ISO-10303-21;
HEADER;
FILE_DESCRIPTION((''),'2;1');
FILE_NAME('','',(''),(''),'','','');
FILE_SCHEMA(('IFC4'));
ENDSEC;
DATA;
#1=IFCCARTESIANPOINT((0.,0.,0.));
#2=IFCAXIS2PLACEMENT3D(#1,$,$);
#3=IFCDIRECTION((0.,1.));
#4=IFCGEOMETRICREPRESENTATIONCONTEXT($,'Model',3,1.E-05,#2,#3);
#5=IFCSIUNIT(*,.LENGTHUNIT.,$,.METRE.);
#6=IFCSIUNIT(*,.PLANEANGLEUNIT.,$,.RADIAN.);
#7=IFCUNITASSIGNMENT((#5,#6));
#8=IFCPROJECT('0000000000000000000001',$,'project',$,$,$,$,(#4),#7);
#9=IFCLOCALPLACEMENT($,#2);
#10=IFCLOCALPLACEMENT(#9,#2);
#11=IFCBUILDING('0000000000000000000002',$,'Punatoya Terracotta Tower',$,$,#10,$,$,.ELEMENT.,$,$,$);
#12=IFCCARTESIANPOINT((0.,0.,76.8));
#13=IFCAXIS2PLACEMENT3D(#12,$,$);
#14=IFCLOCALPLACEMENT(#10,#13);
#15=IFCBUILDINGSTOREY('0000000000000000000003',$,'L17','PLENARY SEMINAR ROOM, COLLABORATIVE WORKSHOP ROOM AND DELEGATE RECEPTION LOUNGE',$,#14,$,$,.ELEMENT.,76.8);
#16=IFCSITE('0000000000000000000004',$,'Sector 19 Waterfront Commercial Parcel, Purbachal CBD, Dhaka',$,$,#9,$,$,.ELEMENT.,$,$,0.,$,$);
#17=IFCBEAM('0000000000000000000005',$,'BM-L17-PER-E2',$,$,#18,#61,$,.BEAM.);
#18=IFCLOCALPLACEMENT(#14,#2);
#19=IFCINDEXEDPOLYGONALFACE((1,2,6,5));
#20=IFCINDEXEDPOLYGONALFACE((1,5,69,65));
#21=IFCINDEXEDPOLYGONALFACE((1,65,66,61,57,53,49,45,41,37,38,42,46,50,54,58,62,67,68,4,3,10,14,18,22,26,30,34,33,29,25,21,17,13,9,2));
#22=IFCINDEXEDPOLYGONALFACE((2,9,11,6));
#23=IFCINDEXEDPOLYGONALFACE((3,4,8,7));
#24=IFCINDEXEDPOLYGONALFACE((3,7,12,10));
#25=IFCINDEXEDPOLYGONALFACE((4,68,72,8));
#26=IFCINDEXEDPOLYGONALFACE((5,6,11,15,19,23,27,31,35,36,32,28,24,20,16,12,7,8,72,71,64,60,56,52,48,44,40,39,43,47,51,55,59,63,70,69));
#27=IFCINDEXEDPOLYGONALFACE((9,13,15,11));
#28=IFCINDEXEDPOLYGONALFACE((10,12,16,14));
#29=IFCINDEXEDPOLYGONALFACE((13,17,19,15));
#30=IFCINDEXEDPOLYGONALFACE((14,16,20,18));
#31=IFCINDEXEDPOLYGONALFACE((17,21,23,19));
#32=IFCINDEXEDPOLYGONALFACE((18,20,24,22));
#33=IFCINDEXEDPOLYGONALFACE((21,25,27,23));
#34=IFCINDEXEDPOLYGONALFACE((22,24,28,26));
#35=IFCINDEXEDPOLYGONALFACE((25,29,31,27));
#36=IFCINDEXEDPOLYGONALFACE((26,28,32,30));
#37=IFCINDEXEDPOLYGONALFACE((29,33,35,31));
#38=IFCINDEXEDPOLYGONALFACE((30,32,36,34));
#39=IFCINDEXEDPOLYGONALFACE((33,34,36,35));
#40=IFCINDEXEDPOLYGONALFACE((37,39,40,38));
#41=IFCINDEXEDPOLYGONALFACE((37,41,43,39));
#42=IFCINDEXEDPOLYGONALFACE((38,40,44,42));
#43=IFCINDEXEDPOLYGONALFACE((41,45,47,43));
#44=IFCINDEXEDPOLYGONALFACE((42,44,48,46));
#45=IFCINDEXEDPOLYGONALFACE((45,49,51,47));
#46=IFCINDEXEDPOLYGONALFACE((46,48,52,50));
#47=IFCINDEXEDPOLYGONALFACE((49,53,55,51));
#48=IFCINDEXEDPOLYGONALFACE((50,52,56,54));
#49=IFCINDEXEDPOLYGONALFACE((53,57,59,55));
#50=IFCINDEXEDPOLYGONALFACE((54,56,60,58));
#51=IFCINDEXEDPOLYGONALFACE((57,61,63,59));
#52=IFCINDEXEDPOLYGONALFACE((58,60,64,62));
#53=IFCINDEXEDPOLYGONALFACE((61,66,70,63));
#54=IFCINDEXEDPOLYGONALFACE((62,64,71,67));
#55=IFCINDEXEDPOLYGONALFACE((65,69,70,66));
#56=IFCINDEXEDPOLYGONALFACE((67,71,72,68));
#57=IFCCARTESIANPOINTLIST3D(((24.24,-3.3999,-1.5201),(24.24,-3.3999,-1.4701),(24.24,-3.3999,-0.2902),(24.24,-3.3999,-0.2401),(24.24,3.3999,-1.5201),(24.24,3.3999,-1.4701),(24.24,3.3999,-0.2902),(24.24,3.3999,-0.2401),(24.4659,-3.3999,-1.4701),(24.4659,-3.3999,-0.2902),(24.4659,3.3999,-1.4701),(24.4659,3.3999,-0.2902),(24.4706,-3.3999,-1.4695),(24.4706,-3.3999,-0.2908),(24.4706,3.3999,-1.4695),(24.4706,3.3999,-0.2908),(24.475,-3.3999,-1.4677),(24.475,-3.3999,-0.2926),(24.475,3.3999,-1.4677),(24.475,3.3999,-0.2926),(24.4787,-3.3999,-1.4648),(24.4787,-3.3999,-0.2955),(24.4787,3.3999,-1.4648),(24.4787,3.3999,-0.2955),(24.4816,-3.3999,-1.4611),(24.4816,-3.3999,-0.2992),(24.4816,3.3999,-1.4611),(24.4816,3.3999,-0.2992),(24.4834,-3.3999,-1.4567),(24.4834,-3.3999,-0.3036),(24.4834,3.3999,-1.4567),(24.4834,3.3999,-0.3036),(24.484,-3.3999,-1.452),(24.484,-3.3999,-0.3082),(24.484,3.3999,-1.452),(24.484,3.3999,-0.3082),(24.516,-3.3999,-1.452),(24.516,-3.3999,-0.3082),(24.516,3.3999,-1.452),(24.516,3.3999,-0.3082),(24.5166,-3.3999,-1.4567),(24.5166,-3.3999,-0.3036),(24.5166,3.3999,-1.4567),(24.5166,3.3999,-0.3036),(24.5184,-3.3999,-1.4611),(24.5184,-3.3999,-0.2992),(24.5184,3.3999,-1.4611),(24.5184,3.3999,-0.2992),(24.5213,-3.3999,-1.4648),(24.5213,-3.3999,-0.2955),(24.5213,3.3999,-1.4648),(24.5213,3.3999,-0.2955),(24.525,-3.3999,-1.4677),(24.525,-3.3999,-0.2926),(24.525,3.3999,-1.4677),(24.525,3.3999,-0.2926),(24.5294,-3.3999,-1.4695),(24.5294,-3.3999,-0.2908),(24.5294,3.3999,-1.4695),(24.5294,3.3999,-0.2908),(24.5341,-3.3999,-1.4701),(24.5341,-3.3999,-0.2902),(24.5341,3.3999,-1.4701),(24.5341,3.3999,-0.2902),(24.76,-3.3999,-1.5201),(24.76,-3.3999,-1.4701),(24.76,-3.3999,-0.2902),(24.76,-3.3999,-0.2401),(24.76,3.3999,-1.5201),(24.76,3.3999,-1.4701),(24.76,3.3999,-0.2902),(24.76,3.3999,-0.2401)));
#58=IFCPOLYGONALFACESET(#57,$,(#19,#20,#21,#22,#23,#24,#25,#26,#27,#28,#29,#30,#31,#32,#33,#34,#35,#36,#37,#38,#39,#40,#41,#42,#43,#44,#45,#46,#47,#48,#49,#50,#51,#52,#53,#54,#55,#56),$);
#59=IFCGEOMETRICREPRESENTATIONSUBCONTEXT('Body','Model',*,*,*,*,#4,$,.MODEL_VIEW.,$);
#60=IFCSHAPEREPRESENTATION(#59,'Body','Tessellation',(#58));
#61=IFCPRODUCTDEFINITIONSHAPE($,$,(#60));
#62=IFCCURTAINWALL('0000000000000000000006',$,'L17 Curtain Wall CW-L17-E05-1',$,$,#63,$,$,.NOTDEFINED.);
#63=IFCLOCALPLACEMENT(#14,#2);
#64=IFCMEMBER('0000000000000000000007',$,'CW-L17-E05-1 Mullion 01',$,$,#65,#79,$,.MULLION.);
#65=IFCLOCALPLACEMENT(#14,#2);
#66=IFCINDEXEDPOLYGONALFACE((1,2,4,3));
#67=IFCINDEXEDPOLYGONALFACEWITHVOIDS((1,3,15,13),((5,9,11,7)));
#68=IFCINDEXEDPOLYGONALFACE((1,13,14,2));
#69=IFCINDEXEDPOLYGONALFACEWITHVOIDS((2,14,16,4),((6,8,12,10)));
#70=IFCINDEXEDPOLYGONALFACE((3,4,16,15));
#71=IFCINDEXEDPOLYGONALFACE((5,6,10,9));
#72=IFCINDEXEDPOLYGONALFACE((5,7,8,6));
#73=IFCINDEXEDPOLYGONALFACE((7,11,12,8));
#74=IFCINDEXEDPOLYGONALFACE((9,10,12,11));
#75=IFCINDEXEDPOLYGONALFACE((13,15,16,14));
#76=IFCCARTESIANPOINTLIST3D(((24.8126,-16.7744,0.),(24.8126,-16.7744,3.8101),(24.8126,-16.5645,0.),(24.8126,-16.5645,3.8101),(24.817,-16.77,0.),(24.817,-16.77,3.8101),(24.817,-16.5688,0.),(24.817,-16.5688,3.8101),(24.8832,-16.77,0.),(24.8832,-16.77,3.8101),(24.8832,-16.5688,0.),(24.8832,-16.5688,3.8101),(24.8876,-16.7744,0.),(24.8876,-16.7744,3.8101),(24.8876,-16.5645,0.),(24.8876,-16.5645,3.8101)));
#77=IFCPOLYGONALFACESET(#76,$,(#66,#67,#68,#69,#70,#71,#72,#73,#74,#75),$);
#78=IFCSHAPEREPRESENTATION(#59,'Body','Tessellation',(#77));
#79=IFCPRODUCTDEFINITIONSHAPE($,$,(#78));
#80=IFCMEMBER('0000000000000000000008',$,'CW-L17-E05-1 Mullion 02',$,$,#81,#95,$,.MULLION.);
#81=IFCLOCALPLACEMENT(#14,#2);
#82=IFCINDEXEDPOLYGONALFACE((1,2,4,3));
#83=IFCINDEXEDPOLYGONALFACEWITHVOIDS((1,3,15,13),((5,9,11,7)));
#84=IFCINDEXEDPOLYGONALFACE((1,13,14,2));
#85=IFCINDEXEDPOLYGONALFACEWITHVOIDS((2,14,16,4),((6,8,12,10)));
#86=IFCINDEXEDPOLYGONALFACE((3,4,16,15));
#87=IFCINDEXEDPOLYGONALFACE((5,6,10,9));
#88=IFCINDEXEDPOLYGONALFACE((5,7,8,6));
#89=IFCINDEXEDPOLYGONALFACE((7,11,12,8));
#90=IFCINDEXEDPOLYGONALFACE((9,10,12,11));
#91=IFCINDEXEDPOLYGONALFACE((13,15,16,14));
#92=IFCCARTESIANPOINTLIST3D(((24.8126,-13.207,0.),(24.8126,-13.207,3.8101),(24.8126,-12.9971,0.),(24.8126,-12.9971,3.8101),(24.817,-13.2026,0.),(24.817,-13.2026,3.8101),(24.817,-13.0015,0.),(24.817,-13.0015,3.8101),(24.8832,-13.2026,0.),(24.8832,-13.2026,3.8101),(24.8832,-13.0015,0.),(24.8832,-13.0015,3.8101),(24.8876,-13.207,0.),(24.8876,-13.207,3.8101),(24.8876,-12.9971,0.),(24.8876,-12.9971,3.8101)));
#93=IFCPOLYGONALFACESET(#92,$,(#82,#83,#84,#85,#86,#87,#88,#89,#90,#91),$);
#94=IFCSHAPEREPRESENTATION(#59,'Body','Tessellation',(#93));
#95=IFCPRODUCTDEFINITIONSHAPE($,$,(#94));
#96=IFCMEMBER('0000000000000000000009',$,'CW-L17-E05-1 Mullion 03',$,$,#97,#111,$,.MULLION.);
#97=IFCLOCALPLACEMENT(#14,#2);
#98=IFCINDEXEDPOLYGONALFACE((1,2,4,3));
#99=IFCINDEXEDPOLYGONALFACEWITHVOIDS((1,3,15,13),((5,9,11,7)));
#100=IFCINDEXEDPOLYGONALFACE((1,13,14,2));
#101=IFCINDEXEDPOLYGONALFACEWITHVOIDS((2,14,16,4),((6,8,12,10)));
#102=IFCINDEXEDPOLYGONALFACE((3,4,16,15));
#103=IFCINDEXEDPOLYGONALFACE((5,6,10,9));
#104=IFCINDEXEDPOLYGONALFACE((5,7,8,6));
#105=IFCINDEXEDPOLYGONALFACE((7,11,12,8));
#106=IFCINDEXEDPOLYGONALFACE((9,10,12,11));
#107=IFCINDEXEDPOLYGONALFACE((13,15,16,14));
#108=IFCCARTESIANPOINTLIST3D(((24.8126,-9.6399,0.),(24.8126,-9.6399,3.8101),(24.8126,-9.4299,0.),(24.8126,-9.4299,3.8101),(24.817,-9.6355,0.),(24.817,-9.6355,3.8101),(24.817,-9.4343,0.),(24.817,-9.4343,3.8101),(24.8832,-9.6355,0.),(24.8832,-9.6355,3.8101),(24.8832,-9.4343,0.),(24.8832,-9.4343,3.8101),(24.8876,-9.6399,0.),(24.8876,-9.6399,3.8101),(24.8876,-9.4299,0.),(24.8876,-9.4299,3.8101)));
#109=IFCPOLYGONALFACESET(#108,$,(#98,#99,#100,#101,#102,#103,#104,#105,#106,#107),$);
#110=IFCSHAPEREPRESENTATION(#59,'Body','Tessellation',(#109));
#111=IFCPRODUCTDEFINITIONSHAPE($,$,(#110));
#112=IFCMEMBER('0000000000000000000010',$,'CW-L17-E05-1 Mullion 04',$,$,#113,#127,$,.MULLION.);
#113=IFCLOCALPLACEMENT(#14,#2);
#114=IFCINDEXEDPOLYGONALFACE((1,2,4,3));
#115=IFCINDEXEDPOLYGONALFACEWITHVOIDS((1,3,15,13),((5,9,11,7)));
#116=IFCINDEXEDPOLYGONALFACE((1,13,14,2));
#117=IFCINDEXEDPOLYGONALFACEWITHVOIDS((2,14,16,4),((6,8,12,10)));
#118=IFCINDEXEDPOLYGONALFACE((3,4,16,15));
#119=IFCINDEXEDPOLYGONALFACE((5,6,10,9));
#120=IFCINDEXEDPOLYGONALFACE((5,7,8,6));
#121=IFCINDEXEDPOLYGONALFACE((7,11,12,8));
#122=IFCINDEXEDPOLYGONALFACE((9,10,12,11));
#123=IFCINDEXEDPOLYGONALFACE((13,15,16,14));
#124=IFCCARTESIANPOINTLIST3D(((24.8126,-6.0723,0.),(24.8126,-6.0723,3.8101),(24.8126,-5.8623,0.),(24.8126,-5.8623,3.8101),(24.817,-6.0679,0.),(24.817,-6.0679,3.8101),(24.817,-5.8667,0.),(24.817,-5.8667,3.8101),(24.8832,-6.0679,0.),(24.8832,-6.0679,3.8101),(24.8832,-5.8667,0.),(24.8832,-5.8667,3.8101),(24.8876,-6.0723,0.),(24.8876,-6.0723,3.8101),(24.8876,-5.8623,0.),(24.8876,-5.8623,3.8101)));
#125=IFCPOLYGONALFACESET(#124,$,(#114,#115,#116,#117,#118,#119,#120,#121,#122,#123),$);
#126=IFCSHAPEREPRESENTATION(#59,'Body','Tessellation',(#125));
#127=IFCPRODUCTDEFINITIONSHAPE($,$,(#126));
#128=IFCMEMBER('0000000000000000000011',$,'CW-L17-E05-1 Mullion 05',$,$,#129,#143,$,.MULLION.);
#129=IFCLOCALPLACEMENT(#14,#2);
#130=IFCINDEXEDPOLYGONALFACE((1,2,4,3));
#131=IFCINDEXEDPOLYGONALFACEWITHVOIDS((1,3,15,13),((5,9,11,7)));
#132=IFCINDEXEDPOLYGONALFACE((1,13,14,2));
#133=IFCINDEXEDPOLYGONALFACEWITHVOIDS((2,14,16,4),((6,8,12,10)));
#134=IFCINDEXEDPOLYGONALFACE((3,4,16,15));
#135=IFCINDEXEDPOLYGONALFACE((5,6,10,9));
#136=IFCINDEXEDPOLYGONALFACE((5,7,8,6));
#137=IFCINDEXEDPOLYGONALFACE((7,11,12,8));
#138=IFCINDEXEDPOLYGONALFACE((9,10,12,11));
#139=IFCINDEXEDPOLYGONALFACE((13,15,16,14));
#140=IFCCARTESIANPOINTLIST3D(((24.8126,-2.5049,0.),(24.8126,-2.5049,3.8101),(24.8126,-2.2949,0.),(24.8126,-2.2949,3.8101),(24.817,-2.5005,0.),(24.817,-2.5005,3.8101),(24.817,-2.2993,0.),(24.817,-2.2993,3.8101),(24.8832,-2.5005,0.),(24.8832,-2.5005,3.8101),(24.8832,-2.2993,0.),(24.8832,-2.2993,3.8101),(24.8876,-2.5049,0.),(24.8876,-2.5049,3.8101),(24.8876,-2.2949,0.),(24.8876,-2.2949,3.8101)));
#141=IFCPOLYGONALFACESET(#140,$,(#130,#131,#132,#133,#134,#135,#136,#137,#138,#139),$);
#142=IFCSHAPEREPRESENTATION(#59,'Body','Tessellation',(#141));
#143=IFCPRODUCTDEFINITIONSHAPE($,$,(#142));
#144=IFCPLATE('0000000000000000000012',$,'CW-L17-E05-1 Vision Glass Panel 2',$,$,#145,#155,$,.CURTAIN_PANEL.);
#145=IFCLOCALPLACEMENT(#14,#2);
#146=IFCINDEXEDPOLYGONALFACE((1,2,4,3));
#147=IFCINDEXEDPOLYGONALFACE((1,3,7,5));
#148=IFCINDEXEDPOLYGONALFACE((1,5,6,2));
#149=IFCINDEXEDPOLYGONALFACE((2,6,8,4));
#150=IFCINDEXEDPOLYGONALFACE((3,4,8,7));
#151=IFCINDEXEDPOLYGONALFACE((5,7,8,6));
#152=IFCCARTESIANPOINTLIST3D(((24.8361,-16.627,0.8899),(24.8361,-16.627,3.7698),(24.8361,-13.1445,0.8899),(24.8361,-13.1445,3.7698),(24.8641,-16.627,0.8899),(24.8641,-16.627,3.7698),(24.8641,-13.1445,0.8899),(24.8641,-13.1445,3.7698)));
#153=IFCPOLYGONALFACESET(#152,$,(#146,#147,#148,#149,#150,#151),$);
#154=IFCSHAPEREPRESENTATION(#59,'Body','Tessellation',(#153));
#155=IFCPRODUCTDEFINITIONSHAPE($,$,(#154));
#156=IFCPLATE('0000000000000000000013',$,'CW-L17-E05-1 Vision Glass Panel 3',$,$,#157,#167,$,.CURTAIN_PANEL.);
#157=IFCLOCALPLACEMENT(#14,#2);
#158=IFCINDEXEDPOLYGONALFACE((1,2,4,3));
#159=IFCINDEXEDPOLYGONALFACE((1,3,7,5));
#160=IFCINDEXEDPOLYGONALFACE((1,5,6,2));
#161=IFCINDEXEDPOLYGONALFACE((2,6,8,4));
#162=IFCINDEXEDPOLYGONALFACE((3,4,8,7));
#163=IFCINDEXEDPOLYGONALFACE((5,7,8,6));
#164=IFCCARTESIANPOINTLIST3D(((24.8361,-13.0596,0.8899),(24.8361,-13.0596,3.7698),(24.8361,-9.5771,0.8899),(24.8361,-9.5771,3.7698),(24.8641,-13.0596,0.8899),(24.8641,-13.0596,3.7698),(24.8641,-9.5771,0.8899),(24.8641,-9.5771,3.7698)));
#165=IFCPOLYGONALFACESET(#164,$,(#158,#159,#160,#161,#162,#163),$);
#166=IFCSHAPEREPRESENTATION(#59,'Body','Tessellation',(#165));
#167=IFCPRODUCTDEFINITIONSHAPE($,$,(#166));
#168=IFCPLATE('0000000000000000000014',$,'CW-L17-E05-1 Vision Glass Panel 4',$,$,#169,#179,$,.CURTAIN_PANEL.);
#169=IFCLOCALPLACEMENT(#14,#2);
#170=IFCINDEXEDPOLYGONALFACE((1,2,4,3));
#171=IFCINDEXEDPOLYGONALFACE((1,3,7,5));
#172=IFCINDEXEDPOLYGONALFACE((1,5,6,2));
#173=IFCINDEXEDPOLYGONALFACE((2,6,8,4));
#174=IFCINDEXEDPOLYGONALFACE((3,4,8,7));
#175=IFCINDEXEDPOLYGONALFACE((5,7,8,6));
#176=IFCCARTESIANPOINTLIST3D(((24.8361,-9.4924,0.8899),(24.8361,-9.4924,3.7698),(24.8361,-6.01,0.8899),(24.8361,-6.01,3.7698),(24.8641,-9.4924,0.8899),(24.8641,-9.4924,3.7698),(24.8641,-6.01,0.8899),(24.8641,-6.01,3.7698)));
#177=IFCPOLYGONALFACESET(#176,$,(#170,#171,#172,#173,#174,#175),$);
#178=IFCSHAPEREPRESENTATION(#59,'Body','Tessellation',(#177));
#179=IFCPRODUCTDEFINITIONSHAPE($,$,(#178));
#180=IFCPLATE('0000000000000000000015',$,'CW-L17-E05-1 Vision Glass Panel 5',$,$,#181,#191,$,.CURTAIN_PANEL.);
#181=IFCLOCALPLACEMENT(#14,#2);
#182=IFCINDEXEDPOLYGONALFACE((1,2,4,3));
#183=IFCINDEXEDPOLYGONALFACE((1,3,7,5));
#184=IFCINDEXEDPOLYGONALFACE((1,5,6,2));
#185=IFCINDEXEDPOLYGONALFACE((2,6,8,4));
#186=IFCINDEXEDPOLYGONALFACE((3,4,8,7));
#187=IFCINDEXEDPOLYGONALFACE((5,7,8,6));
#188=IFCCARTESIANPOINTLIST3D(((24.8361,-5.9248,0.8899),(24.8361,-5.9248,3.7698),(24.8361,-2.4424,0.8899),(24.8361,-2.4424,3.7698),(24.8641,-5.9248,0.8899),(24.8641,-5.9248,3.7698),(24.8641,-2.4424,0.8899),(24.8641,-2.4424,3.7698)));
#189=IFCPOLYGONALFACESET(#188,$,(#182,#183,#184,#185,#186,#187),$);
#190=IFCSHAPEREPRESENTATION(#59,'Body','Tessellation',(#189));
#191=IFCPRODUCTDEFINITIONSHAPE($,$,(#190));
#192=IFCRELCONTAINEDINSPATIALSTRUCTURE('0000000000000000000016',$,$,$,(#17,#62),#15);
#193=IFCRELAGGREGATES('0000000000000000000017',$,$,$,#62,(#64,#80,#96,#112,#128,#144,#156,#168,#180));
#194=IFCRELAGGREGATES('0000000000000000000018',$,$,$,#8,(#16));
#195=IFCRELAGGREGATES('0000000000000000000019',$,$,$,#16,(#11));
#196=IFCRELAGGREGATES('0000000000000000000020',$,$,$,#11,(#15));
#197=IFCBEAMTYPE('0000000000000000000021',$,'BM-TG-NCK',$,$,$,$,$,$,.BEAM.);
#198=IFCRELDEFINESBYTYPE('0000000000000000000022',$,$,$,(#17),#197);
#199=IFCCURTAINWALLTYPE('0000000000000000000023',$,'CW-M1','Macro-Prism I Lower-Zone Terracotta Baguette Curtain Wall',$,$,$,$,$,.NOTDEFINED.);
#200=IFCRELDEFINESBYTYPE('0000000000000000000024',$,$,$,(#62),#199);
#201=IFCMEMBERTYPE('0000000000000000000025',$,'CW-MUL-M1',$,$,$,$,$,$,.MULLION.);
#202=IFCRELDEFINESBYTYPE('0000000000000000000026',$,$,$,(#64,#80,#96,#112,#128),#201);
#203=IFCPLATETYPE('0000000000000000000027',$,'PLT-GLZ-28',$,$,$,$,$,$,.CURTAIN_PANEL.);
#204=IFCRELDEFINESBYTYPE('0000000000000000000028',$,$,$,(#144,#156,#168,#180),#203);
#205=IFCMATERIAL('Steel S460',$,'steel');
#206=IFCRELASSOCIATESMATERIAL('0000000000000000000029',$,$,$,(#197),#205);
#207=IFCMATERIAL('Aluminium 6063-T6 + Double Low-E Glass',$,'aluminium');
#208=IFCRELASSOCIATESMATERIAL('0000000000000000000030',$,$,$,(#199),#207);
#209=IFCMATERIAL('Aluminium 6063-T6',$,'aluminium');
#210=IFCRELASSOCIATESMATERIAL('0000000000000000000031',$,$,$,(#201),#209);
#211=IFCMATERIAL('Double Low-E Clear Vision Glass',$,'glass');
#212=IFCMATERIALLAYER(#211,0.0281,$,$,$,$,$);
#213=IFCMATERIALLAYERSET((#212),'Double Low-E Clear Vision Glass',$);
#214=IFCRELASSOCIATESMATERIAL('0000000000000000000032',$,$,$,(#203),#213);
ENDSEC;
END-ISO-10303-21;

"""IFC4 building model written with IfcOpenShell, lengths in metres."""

from ifc_helpers import new_model, si_unit, direction, frame, origin, origin_2d, place, context, subcontext, project, spatial, rectangle, hollow_rectangle, i_section, extrude, material, layer, layer_set, material_profile, profile_set, type_object, element, aggregate, save


model = new_model("IFC4")

# Units and contexts
model_context = context("Model", 3, precision=1e-05, world=origin(), true_north=direction((0.0, 1.0)))
body_context = subcontext(model_context, "Body", "Model", "MODEL_VIEW")
ifc_project = project(units=[si_unit("LENGTHUNIT", "METRE"), si_unit("PLANEANGLEUNIT", "RADIAN")], contexts=[model_context])

# Site, building, storey
site_placement = place(None, origin())
site = spatial("IfcSite", under=ifc_project, at=site_placement, Name="Sector 19 Waterfront Commercial Parcel, Purbachal CBD, Dhaka", CompositionType="ELEMENT", RefElevation=0.0)
building_placement = place(site_placement, origin())
building = spatial("IfcBuilding", under=site, at=building_placement, Name="Punatoya Terracotta Tower", CompositionType="ELEMENT")
storey_placement = place(building_placement, frame((0.0, 0.0, 76.8)))
storey = spatial("IfcBuildingStorey", under=building, at=storey_placement, Name="L17", Description="PLENARY SEMINAR ROOM, COLLABORATIVE WORKSHOP ROOM AND DELEGATE RECEPTION LOUNGE", CompositionType="ELEMENT", Elevation=76.8)

# Shared definitions
ifc_material_1 = material(Name="Steel S460", Category="steel")

# Beam
ifc_material_profile_1 = material_profile(ifc_material_1, i_section(OverallWidth=0.52, OverallDepth=1.28, WebThickness=0.032, FlangeThickness=0.05, FilletRadius=0.0181, at=origin_2d()))
ifc_profile_set_1 = profile_set([ifc_material_profile_1], Name="Steel S460")
beam_type_1 = type_object("IfcBeamType", Name="BM-TG-NCK", PredefinedType="BEAM", material=ifc_profile_set_1)
beam_1_placement = place(storey_placement, frame((24.5, -3.3999, -0.8801), z_axis=(0.0, 1.0, 0.0), x_axis=(-1.0, 0.0, 0.0)))
element("IfcBeam", 1, at=beam_1_placement, inside=storey, type_object=beam_type_1, Name="BM-L17-PER-E2", PredefinedType="BEAM", context=body_context, shape_type="SweptSolid", body=[
    extrude(i_section(OverallWidth=0.52, OverallDepth=1.28, WebThickness=0.032, FlangeThickness=0.05, FilletRadius=0.0181, at=origin_2d()), origin(), (0.0, 0.0, 1.0), 6.7998),
])

# Curtain wall, members, plates
ifc_material_2 = material(Name="Aluminium 6063-T6 + Double Low-E Glass", Category="aluminium")
curtain_wall_type = type_object("IfcCurtainWallType", Name="CW-M1", Description="Macro-Prism I Lower-Zone Terracotta Baguette Curtain Wall", PredefinedType="NOTDEFINED", material=ifc_material_2)
curtain_wall_placement = place(storey_placement, origin())
curtain_wall = element("IfcCurtainWall", 2, at=curtain_wall_placement, inside=storey, type_object=curtain_wall_type, Name="L17 Curtain Wall CW-L17-E05-1", PredefinedType="NOTDEFINED")
ifc_material_3 = material(Name="Aluminium 6063-T6", Category="aluminium")
ifc_material_profile_2 = material_profile(ifc_material_3, hollow_rectangle(XDim=0.075, YDim=0.21, WallThickness=0.0044, at=origin_2d()))
ifc_profile_set_2 = profile_set([ifc_material_profile_2], Name="Aluminium 6063-T6")
member_type = type_object("IfcMemberType", Name="CW-MUL-M1", PredefinedType="MULLION", material=ifc_profile_set_2)
member_1_placement = place(storey_placement, frame((24.8501, -16.6694, 0.0), z_axis=(0.0, 0.0, 1.0), x_axis=(1.0, 0.0, 0.0)))
member_1 = element("IfcMember", 3, at=member_1_placement, type_object=member_type, Name="CW-L17-E05-1 Mullion 01", PredefinedType="MULLION", context=body_context, shape_type="SweptSolid", body=[
    extrude(hollow_rectangle(XDim=0.075, YDim=0.21, WallThickness=0.0044, at=origin_2d()), origin(), (0.0, 0.0, 1.0), 3.8101),
])
member_2_placement = place(storey_placement, frame((24.8501, -13.1021, 0.0), z_axis=(0.0, 0.0, 1.0), x_axis=(1.0, 0.0, 0.0)))
member_2 = element("IfcMember", 4, at=member_2_placement, type_object=member_type, Name="CW-L17-E05-1 Mullion 02", PredefinedType="MULLION", context=body_context, shape_type="SweptSolid", body=[
    extrude(hollow_rectangle(XDim=0.075, YDim=0.21, WallThickness=0.0044, at=origin_2d()), origin(), (0.0, 0.0, 1.0), 3.8101),
])
member_3_placement = place(storey_placement, frame((24.8501, -9.5349, 0.0), z_axis=(0.0, 0.0, 1.0), x_axis=(1.0, 0.0, 0.0)))
member_3 = element("IfcMember", 5, at=member_3_placement, type_object=member_type, Name="CW-L17-E05-1 Mullion 03", PredefinedType="MULLION", context=body_context, shape_type="SweptSolid", body=[
    extrude(hollow_rectangle(XDim=0.075, YDim=0.21, WallThickness=0.0044, at=origin_2d()), origin(), (0.0, 0.0, 1.0), 3.8101),
])
member_4_placement = place(storey_placement, frame((24.8501, -5.9673, 0.0), z_axis=(0.0, 0.0, 1.0), x_axis=(1.0, 0.0, 0.0)))
member_4 = element("IfcMember", 6, at=member_4_placement, type_object=member_type, Name="CW-L17-E05-1 Mullion 04", PredefinedType="MULLION", context=body_context, shape_type="SweptSolid", body=[
    extrude(hollow_rectangle(XDim=0.075, YDim=0.21, WallThickness=0.0044, at=origin_2d()), origin(), (0.0, 0.0, 1.0), 3.8101),
])
member_5_placement = place(storey_placement, frame((24.8501, -2.3999, 0.0), z_axis=(0.0, 0.0, 1.0), x_axis=(1.0, 0.0, 0.0)))
member_5 = element("IfcMember", 7, at=member_5_placement, type_object=member_type, Name="CW-L17-E05-1 Mullion 05", PredefinedType="MULLION", context=body_context, shape_type="SweptSolid", body=[
    extrude(hollow_rectangle(XDim=0.075, YDim=0.21, WallThickness=0.0044, at=origin_2d()), origin(), (0.0, 0.0, 1.0), 3.8101),
])
ifc_material_4 = material(Name="Double Low-E Clear Vision Glass", Category="glass")
ifc_layer_1 = layer(ifc_material_4, 0.0281)
ifc_layer_set_1 = layer_set([ifc_layer_1], Name="Double Low-E Clear Vision Glass")
plate_type_1 = type_object("IfcPlateType", Name="PLT-GLZ-28", PredefinedType="CURTAIN_PANEL", material=ifc_layer_set_1)
plate_1_placement = place(storey_placement, frame((24.8501, -14.8857, 0.8899), z_axis=(0.0, 0.0, 1.0), x_axis=(0.0, 1.0, 0.0)))
plate_1 = element("IfcPlate", 8, at=plate_1_placement, type_object=plate_type_1, Name="CW-L17-E05-1 Vision Glass Panel 2", PredefinedType="CURTAIN_PANEL", context=body_context, shape_type="SweptSolid", body=[
    extrude(rectangle(XDim=3.4824, YDim=0.0281, at=origin_2d()), origin(), (0.0, 0.0, 1.0), 2.8799),
])
plate_2_placement = place(storey_placement, frame((24.8501, -11.3184, 0.8899), z_axis=(0.0, 0.0, 1.0), x_axis=(0.0, 1.0, 0.0)))
plate_2 = element("IfcPlate", 9, at=plate_2_placement, type_object=plate_type_1, Name="CW-L17-E05-1 Vision Glass Panel 3", PredefinedType="CURTAIN_PANEL", context=body_context, shape_type="SweptSolid", body=[
    extrude(rectangle(XDim=3.4824, YDim=0.0281, at=origin_2d()), origin(), (0.0, 0.0, 1.0), 2.8799),
])
plate_3_placement = place(storey_placement, frame((24.8501, -7.7512, 0.8899), z_axis=(0.0, 0.0, 1.0), x_axis=(0.0, 1.0, 0.0)))
plate_3 = element("IfcPlate", 10, at=plate_3_placement, type_object=plate_type_1, Name="CW-L17-E05-1 Vision Glass Panel 4", PredefinedType="CURTAIN_PANEL", context=body_context, shape_type="SweptSolid", body=[
    extrude(rectangle(XDim=3.4824, YDim=0.0281, at=origin_2d()), origin(), (0.0, 0.0, 1.0), 2.8799),
])
plate_4_placement = place(storey_placement, frame((24.8501, -4.1836, 0.8899), z_axis=(0.0, 0.0, 1.0), x_axis=(0.0, 1.0, 0.0)))
plate_4 = element("IfcPlate", 11, at=plate_4_placement, type_object=plate_type_1, Name="CW-L17-E05-1 Vision Glass Panel 5", PredefinedType="CURTAIN_PANEL", context=body_context, shape_type="SweptSolid", body=[
    extrude(rectangle(XDim=3.4824, YDim=0.0281, at=origin_2d()), origin(), (0.0, 0.0, 1.0), 2.8799),
])
aggregate(curtain_wall, [member_1, member_2, member_3, member_4, member_5, plate_1, plate_2, plate_3, plate_4])

save(model, "model.ifc")
